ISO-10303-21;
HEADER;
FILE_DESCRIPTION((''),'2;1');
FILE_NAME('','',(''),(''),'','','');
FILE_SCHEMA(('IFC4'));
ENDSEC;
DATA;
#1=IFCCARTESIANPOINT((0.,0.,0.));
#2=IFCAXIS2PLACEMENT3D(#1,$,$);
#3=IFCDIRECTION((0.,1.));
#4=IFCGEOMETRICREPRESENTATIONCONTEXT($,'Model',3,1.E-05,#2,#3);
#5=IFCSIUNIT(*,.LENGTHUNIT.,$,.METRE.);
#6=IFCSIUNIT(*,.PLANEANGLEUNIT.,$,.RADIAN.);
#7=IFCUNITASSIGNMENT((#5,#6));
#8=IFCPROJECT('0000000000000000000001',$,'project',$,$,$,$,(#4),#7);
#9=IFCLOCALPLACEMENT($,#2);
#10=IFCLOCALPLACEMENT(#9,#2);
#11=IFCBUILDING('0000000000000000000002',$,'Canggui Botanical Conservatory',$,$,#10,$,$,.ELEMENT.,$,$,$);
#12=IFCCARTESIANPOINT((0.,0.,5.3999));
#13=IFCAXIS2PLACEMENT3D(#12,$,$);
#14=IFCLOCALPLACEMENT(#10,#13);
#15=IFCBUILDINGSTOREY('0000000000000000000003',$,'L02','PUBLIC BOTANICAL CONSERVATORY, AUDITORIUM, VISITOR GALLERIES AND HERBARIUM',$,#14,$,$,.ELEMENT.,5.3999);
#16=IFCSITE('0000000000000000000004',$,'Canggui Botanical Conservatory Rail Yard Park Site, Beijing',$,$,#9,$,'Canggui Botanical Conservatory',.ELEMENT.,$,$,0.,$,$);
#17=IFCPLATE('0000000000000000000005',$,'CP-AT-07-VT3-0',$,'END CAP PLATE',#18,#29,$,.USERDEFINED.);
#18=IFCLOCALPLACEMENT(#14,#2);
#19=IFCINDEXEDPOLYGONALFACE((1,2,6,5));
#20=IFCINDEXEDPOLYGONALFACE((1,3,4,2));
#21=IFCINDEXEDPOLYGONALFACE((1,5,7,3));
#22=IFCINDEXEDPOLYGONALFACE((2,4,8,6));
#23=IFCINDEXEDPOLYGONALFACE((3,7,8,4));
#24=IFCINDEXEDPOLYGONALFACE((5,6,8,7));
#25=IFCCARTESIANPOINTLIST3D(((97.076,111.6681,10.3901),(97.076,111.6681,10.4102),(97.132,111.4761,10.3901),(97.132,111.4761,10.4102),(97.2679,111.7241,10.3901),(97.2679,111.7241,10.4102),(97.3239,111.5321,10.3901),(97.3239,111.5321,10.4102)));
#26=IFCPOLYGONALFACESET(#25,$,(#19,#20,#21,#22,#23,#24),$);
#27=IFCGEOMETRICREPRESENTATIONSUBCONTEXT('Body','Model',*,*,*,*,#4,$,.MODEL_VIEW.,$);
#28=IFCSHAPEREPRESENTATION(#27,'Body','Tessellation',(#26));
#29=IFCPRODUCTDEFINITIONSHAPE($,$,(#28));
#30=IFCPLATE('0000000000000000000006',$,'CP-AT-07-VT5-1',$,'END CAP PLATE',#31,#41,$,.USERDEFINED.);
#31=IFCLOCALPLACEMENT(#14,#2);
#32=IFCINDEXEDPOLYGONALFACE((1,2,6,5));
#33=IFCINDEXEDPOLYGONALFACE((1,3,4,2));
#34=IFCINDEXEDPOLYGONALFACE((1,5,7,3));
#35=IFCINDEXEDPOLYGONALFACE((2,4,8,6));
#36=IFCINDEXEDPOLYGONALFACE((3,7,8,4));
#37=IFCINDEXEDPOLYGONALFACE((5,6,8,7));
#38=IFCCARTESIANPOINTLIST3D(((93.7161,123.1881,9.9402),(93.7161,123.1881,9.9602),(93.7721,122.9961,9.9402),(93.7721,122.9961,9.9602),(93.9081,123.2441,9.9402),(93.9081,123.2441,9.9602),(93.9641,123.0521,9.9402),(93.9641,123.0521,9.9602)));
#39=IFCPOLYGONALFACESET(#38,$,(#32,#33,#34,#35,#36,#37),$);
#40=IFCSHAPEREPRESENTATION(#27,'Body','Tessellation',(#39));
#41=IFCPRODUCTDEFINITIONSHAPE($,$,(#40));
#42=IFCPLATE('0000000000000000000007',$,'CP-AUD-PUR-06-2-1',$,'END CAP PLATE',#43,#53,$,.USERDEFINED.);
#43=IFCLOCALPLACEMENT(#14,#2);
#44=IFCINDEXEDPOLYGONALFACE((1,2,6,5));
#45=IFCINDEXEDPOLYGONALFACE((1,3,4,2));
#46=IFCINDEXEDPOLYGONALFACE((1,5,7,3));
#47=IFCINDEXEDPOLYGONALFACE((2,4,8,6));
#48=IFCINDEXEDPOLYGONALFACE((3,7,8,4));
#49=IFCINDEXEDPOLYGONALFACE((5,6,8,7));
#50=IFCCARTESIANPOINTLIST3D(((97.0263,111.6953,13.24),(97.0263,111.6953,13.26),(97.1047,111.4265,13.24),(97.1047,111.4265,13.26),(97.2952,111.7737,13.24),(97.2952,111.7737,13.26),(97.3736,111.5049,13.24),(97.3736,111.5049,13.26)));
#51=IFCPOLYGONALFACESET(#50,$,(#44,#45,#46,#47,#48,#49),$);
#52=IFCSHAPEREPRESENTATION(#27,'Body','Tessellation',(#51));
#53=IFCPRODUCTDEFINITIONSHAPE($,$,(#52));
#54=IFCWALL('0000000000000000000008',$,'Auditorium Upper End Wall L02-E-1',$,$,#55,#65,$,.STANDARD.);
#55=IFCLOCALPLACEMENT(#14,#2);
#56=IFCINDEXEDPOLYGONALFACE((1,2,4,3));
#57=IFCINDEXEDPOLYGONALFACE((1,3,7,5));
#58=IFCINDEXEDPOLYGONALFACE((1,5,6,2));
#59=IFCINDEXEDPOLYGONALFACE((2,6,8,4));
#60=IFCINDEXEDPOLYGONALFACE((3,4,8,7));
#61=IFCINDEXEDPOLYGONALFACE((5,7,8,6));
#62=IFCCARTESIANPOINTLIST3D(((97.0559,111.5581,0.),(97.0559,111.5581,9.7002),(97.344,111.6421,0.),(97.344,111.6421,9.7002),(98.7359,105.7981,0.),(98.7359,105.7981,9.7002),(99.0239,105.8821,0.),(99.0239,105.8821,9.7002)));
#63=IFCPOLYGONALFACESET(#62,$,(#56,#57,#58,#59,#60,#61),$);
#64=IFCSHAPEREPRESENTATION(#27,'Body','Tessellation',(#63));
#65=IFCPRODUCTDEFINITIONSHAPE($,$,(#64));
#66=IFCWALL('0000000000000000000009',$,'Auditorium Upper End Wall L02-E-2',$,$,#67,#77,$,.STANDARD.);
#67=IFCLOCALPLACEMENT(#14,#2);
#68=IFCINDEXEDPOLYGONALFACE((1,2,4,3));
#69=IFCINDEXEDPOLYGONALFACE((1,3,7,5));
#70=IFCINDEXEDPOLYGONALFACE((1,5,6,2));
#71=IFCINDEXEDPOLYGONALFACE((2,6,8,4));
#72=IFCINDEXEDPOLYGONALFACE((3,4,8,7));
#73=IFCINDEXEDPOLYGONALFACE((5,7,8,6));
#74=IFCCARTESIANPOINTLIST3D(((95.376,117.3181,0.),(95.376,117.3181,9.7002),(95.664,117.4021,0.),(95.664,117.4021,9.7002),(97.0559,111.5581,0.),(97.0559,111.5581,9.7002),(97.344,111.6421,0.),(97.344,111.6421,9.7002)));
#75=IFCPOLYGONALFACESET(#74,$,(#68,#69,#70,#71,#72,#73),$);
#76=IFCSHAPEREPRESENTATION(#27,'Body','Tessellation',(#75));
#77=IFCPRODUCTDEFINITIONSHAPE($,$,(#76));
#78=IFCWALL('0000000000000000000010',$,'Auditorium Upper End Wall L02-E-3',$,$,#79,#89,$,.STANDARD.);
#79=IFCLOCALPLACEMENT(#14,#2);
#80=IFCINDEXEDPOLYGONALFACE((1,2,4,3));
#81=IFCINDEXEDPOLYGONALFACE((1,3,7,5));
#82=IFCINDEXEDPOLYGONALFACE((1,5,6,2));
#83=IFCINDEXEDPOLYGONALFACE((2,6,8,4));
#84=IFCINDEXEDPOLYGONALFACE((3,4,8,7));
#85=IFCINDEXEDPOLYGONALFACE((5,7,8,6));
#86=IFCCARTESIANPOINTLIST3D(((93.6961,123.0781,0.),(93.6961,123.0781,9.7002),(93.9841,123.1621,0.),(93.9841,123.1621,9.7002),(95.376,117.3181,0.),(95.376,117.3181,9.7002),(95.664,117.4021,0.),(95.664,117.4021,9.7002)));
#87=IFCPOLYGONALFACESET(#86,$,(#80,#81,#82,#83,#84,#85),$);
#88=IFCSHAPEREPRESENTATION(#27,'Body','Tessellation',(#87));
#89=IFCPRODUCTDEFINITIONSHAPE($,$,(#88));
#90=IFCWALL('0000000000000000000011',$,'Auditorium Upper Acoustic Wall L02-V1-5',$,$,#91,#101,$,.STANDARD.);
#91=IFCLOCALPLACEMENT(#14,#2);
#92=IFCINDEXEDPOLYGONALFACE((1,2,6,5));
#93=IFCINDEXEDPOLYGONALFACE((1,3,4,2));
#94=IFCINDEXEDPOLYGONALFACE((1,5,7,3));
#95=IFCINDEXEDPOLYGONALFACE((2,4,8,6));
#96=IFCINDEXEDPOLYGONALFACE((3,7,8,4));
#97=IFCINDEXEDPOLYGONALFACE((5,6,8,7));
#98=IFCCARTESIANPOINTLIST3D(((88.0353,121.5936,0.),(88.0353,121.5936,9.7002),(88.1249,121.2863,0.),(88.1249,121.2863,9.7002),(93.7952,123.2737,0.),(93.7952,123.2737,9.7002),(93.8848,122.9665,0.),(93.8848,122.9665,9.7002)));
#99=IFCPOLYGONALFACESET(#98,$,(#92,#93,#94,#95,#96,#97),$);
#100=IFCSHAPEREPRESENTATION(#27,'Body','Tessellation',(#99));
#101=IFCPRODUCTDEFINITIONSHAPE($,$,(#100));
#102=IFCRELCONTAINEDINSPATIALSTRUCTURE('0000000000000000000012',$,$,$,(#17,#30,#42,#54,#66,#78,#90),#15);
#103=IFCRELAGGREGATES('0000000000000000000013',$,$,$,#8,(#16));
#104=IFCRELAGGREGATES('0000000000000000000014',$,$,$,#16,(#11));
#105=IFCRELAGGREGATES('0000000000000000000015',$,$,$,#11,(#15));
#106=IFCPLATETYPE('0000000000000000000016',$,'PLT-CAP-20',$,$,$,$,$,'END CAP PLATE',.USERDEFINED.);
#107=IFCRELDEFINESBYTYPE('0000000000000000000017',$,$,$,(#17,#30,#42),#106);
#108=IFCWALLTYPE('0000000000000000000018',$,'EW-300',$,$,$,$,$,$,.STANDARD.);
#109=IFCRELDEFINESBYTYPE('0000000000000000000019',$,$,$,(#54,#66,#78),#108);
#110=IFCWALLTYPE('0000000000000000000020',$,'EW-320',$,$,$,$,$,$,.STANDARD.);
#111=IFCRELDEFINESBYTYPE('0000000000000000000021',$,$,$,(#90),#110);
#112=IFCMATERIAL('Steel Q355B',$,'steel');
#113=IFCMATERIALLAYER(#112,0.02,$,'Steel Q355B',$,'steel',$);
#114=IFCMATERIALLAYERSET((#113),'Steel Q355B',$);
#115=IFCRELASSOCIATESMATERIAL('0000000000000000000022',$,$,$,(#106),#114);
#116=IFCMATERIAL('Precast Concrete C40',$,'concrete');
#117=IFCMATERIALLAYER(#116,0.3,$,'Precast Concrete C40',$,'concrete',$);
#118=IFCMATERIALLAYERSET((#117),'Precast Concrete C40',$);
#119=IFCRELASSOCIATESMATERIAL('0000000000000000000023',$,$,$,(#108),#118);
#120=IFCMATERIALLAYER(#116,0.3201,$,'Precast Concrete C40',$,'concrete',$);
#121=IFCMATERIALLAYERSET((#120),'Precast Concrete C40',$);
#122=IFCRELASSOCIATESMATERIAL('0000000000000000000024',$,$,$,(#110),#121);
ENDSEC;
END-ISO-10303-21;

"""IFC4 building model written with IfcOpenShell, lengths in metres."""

from ifc_helpers import new_model, si_unit, direction, frame, frame_2d, origin, origin_2d, place, context, subcontext, project, spatial, rectangle, extrude, material, layer, layer_set, type_object, element, save


model = new_model("IFC4")

# Units and contexts
model_context = context("Model", 3, precision=1e-05, world=origin(), true_north=direction((0.0, 1.0)))
body_context = subcontext(model_context, "Body", "Model", "MODEL_VIEW")
ifc_project = project(units=[si_unit("LENGTHUNIT", "METRE"), si_unit("PLANEANGLEUNIT", "RADIAN")], contexts=[model_context])

# Site, building, storey
site_placement = place(None, origin())
site = spatial("IfcSite", under=ifc_project, at=site_placement, Name="Canggui Botanical Conservatory Rail Yard Park Site, Beijing", LongName="Canggui Botanical Conservatory", CompositionType="ELEMENT", RefElevation=0.0)
building_placement = place(site_placement, origin())
building = spatial("IfcBuilding", under=site, at=building_placement, Name="Canggui Botanical Conservatory", CompositionType="ELEMENT")
storey_placement = place(building_placement, frame((0.0, 0.0, 5.3999)))
storey = spatial("IfcBuildingStorey", under=building, at=storey_placement, Name="L02", Description="PUBLIC BOTANICAL CONSERVATORY, AUDITORIUM, VISITOR GALLERIES AND HERBARIUM", CompositionType="ELEMENT", Elevation=5.3999)

# Shared definitions
ifc_material_1 = material(Name="Steel Q355B", Category="steel")

# Plates
ifc_layer_1 = layer(ifc_material_1, 0.02, Name="Steel Q355B", Category="steel")
ifc_layer_set_1 = layer_set([ifc_layer_1], Name="Steel Q355B")
plate_type = type_object("IfcPlateType", Name="PLT-CAP-20", ElementType="END CAP PLATE", PredefinedType="USERDEFINED", material=ifc_layer_set_1)
for number, where, z_axis, x_axis, name in (
    (1, (97.2, 111.6001, 10.3901), (0.0, 0.0, 1.0), (0.96, 0.28, 0.0), "CP-AT-07-VT3-0"),
    (2, (93.8401, 123.1201, 9.9402), (0.0, 0.0, 1.0), (0.96, 0.28, 0.0), "CP-AT-07-VT5-1"),
):
    element("IfcPlate", number, at=place(storey_placement, frame(where, z_axis=z_axis, x_axis=x_axis)), inside=storey, type_object=plate_type, Name=name, ObjectType="END CAP PLATE", PredefinedType="USERDEFINED", context=body_context, shape_type="SweptSolid", body=[
        extrude(rectangle(XDim=0.2, YDim=0.2, at=origin_2d()), origin(), (0.0, 0.0, 1.0), 0.02),
    ])
plate_1_placement = place(storey_placement, frame((97.2, 111.6001, 13.24), z_axis=(0.0, 0.0, 1.0), x_axis=(0.96, 0.28, 0.0)))
element("IfcPlate", 3, at=plate_1_placement, inside=storey, type_object=plate_type, Name="CP-AUD-PUR-06-2-1", ObjectType="END CAP PLATE", PredefinedType="USERDEFINED", context=body_context, shape_type="SweptSolid", body=[
    extrude(rectangle(XDim=0.28, YDim=0.28, at=origin_2d()), origin(), (0.0, 0.0, 1.0), 0.02),
])

# Walls
ifc_material_2 = material(Name="Precast Concrete C40", Category="concrete")
ifc_layer_2 = layer(ifc_material_2, 0.3, Name="Precast Concrete C40", Category="concrete")
ifc_layer_set_2 = layer_set([ifc_layer_2], Name="Precast Concrete C40")
wall_type_1 = type_object("IfcWallType", Name="EW-300", PredefinedType="STANDARD", material=ifc_layer_set_2)
for number, where, z_axis, x_axis, name in (
    (4, (97.2, 111.6001, 0.0), (0.0, 0.0, 1.0), (0.279989, -0.960003, 0.0), "Auditorium Upper End Wall L02-E-1"),
    (5, (95.52, 117.3601, 0.0), (0.0, 0.0, 1.0), (0.279989, -0.960003, 0.0), "Auditorium Upper End Wall L02-E-2"),
    (6, (93.8401, 123.1201, 0.0), (0.0, 0.0, 1.0), (0.279989, -0.960003, 0.0), "Auditorium Upper End Wall L02-E-3"),
):
    element("IfcWall", number, at=place(storey_placement, frame(where, z_axis=z_axis, x_axis=x_axis)), inside=storey, type_object=wall_type_1, Name=name, PredefinedType="STANDARD", context=body_context, shape_type="SweptSolid", body=[
        extrude(rectangle(XDim=6.0, YDim=0.3, at=frame_2d((3.0, 0.0))), origin(), (0.0, 0.0, 1.0), 9.7002),
    ])
ifc_layer_3 = layer(ifc_material_2, 0.3201, Name="Precast Concrete C40", Category="concrete")
ifc_layer_set_3 = layer_set([ifc_layer_3], Name="Precast Concrete C40")
wall_type_2 = type_object("IfcWallType", Name="EW-320", PredefinedType="STANDARD", material=ifc_layer_set_3)
wall_placement = place(storey_placement, frame((88.0801, 121.4399, 0.0), z_axis=(0.0, 0.0, 1.0), x_axis=(0.959992, 0.280027, 0.0)))
element("IfcWall", 7, at=wall_placement, inside=storey, type_object=wall_type_2, Name="Auditorium Upper Acoustic Wall L02-V1-5", PredefinedType="STANDARD", context=body_context, shape_type="SweptSolid", body=[
    extrude(rectangle(XDim=6.0, YDim=0.3201, at=frame_2d((3.0, 0.0))), origin(), (0.0, 0.0, 1.0), 9.7002),
])

save(model, "model.ifc")
